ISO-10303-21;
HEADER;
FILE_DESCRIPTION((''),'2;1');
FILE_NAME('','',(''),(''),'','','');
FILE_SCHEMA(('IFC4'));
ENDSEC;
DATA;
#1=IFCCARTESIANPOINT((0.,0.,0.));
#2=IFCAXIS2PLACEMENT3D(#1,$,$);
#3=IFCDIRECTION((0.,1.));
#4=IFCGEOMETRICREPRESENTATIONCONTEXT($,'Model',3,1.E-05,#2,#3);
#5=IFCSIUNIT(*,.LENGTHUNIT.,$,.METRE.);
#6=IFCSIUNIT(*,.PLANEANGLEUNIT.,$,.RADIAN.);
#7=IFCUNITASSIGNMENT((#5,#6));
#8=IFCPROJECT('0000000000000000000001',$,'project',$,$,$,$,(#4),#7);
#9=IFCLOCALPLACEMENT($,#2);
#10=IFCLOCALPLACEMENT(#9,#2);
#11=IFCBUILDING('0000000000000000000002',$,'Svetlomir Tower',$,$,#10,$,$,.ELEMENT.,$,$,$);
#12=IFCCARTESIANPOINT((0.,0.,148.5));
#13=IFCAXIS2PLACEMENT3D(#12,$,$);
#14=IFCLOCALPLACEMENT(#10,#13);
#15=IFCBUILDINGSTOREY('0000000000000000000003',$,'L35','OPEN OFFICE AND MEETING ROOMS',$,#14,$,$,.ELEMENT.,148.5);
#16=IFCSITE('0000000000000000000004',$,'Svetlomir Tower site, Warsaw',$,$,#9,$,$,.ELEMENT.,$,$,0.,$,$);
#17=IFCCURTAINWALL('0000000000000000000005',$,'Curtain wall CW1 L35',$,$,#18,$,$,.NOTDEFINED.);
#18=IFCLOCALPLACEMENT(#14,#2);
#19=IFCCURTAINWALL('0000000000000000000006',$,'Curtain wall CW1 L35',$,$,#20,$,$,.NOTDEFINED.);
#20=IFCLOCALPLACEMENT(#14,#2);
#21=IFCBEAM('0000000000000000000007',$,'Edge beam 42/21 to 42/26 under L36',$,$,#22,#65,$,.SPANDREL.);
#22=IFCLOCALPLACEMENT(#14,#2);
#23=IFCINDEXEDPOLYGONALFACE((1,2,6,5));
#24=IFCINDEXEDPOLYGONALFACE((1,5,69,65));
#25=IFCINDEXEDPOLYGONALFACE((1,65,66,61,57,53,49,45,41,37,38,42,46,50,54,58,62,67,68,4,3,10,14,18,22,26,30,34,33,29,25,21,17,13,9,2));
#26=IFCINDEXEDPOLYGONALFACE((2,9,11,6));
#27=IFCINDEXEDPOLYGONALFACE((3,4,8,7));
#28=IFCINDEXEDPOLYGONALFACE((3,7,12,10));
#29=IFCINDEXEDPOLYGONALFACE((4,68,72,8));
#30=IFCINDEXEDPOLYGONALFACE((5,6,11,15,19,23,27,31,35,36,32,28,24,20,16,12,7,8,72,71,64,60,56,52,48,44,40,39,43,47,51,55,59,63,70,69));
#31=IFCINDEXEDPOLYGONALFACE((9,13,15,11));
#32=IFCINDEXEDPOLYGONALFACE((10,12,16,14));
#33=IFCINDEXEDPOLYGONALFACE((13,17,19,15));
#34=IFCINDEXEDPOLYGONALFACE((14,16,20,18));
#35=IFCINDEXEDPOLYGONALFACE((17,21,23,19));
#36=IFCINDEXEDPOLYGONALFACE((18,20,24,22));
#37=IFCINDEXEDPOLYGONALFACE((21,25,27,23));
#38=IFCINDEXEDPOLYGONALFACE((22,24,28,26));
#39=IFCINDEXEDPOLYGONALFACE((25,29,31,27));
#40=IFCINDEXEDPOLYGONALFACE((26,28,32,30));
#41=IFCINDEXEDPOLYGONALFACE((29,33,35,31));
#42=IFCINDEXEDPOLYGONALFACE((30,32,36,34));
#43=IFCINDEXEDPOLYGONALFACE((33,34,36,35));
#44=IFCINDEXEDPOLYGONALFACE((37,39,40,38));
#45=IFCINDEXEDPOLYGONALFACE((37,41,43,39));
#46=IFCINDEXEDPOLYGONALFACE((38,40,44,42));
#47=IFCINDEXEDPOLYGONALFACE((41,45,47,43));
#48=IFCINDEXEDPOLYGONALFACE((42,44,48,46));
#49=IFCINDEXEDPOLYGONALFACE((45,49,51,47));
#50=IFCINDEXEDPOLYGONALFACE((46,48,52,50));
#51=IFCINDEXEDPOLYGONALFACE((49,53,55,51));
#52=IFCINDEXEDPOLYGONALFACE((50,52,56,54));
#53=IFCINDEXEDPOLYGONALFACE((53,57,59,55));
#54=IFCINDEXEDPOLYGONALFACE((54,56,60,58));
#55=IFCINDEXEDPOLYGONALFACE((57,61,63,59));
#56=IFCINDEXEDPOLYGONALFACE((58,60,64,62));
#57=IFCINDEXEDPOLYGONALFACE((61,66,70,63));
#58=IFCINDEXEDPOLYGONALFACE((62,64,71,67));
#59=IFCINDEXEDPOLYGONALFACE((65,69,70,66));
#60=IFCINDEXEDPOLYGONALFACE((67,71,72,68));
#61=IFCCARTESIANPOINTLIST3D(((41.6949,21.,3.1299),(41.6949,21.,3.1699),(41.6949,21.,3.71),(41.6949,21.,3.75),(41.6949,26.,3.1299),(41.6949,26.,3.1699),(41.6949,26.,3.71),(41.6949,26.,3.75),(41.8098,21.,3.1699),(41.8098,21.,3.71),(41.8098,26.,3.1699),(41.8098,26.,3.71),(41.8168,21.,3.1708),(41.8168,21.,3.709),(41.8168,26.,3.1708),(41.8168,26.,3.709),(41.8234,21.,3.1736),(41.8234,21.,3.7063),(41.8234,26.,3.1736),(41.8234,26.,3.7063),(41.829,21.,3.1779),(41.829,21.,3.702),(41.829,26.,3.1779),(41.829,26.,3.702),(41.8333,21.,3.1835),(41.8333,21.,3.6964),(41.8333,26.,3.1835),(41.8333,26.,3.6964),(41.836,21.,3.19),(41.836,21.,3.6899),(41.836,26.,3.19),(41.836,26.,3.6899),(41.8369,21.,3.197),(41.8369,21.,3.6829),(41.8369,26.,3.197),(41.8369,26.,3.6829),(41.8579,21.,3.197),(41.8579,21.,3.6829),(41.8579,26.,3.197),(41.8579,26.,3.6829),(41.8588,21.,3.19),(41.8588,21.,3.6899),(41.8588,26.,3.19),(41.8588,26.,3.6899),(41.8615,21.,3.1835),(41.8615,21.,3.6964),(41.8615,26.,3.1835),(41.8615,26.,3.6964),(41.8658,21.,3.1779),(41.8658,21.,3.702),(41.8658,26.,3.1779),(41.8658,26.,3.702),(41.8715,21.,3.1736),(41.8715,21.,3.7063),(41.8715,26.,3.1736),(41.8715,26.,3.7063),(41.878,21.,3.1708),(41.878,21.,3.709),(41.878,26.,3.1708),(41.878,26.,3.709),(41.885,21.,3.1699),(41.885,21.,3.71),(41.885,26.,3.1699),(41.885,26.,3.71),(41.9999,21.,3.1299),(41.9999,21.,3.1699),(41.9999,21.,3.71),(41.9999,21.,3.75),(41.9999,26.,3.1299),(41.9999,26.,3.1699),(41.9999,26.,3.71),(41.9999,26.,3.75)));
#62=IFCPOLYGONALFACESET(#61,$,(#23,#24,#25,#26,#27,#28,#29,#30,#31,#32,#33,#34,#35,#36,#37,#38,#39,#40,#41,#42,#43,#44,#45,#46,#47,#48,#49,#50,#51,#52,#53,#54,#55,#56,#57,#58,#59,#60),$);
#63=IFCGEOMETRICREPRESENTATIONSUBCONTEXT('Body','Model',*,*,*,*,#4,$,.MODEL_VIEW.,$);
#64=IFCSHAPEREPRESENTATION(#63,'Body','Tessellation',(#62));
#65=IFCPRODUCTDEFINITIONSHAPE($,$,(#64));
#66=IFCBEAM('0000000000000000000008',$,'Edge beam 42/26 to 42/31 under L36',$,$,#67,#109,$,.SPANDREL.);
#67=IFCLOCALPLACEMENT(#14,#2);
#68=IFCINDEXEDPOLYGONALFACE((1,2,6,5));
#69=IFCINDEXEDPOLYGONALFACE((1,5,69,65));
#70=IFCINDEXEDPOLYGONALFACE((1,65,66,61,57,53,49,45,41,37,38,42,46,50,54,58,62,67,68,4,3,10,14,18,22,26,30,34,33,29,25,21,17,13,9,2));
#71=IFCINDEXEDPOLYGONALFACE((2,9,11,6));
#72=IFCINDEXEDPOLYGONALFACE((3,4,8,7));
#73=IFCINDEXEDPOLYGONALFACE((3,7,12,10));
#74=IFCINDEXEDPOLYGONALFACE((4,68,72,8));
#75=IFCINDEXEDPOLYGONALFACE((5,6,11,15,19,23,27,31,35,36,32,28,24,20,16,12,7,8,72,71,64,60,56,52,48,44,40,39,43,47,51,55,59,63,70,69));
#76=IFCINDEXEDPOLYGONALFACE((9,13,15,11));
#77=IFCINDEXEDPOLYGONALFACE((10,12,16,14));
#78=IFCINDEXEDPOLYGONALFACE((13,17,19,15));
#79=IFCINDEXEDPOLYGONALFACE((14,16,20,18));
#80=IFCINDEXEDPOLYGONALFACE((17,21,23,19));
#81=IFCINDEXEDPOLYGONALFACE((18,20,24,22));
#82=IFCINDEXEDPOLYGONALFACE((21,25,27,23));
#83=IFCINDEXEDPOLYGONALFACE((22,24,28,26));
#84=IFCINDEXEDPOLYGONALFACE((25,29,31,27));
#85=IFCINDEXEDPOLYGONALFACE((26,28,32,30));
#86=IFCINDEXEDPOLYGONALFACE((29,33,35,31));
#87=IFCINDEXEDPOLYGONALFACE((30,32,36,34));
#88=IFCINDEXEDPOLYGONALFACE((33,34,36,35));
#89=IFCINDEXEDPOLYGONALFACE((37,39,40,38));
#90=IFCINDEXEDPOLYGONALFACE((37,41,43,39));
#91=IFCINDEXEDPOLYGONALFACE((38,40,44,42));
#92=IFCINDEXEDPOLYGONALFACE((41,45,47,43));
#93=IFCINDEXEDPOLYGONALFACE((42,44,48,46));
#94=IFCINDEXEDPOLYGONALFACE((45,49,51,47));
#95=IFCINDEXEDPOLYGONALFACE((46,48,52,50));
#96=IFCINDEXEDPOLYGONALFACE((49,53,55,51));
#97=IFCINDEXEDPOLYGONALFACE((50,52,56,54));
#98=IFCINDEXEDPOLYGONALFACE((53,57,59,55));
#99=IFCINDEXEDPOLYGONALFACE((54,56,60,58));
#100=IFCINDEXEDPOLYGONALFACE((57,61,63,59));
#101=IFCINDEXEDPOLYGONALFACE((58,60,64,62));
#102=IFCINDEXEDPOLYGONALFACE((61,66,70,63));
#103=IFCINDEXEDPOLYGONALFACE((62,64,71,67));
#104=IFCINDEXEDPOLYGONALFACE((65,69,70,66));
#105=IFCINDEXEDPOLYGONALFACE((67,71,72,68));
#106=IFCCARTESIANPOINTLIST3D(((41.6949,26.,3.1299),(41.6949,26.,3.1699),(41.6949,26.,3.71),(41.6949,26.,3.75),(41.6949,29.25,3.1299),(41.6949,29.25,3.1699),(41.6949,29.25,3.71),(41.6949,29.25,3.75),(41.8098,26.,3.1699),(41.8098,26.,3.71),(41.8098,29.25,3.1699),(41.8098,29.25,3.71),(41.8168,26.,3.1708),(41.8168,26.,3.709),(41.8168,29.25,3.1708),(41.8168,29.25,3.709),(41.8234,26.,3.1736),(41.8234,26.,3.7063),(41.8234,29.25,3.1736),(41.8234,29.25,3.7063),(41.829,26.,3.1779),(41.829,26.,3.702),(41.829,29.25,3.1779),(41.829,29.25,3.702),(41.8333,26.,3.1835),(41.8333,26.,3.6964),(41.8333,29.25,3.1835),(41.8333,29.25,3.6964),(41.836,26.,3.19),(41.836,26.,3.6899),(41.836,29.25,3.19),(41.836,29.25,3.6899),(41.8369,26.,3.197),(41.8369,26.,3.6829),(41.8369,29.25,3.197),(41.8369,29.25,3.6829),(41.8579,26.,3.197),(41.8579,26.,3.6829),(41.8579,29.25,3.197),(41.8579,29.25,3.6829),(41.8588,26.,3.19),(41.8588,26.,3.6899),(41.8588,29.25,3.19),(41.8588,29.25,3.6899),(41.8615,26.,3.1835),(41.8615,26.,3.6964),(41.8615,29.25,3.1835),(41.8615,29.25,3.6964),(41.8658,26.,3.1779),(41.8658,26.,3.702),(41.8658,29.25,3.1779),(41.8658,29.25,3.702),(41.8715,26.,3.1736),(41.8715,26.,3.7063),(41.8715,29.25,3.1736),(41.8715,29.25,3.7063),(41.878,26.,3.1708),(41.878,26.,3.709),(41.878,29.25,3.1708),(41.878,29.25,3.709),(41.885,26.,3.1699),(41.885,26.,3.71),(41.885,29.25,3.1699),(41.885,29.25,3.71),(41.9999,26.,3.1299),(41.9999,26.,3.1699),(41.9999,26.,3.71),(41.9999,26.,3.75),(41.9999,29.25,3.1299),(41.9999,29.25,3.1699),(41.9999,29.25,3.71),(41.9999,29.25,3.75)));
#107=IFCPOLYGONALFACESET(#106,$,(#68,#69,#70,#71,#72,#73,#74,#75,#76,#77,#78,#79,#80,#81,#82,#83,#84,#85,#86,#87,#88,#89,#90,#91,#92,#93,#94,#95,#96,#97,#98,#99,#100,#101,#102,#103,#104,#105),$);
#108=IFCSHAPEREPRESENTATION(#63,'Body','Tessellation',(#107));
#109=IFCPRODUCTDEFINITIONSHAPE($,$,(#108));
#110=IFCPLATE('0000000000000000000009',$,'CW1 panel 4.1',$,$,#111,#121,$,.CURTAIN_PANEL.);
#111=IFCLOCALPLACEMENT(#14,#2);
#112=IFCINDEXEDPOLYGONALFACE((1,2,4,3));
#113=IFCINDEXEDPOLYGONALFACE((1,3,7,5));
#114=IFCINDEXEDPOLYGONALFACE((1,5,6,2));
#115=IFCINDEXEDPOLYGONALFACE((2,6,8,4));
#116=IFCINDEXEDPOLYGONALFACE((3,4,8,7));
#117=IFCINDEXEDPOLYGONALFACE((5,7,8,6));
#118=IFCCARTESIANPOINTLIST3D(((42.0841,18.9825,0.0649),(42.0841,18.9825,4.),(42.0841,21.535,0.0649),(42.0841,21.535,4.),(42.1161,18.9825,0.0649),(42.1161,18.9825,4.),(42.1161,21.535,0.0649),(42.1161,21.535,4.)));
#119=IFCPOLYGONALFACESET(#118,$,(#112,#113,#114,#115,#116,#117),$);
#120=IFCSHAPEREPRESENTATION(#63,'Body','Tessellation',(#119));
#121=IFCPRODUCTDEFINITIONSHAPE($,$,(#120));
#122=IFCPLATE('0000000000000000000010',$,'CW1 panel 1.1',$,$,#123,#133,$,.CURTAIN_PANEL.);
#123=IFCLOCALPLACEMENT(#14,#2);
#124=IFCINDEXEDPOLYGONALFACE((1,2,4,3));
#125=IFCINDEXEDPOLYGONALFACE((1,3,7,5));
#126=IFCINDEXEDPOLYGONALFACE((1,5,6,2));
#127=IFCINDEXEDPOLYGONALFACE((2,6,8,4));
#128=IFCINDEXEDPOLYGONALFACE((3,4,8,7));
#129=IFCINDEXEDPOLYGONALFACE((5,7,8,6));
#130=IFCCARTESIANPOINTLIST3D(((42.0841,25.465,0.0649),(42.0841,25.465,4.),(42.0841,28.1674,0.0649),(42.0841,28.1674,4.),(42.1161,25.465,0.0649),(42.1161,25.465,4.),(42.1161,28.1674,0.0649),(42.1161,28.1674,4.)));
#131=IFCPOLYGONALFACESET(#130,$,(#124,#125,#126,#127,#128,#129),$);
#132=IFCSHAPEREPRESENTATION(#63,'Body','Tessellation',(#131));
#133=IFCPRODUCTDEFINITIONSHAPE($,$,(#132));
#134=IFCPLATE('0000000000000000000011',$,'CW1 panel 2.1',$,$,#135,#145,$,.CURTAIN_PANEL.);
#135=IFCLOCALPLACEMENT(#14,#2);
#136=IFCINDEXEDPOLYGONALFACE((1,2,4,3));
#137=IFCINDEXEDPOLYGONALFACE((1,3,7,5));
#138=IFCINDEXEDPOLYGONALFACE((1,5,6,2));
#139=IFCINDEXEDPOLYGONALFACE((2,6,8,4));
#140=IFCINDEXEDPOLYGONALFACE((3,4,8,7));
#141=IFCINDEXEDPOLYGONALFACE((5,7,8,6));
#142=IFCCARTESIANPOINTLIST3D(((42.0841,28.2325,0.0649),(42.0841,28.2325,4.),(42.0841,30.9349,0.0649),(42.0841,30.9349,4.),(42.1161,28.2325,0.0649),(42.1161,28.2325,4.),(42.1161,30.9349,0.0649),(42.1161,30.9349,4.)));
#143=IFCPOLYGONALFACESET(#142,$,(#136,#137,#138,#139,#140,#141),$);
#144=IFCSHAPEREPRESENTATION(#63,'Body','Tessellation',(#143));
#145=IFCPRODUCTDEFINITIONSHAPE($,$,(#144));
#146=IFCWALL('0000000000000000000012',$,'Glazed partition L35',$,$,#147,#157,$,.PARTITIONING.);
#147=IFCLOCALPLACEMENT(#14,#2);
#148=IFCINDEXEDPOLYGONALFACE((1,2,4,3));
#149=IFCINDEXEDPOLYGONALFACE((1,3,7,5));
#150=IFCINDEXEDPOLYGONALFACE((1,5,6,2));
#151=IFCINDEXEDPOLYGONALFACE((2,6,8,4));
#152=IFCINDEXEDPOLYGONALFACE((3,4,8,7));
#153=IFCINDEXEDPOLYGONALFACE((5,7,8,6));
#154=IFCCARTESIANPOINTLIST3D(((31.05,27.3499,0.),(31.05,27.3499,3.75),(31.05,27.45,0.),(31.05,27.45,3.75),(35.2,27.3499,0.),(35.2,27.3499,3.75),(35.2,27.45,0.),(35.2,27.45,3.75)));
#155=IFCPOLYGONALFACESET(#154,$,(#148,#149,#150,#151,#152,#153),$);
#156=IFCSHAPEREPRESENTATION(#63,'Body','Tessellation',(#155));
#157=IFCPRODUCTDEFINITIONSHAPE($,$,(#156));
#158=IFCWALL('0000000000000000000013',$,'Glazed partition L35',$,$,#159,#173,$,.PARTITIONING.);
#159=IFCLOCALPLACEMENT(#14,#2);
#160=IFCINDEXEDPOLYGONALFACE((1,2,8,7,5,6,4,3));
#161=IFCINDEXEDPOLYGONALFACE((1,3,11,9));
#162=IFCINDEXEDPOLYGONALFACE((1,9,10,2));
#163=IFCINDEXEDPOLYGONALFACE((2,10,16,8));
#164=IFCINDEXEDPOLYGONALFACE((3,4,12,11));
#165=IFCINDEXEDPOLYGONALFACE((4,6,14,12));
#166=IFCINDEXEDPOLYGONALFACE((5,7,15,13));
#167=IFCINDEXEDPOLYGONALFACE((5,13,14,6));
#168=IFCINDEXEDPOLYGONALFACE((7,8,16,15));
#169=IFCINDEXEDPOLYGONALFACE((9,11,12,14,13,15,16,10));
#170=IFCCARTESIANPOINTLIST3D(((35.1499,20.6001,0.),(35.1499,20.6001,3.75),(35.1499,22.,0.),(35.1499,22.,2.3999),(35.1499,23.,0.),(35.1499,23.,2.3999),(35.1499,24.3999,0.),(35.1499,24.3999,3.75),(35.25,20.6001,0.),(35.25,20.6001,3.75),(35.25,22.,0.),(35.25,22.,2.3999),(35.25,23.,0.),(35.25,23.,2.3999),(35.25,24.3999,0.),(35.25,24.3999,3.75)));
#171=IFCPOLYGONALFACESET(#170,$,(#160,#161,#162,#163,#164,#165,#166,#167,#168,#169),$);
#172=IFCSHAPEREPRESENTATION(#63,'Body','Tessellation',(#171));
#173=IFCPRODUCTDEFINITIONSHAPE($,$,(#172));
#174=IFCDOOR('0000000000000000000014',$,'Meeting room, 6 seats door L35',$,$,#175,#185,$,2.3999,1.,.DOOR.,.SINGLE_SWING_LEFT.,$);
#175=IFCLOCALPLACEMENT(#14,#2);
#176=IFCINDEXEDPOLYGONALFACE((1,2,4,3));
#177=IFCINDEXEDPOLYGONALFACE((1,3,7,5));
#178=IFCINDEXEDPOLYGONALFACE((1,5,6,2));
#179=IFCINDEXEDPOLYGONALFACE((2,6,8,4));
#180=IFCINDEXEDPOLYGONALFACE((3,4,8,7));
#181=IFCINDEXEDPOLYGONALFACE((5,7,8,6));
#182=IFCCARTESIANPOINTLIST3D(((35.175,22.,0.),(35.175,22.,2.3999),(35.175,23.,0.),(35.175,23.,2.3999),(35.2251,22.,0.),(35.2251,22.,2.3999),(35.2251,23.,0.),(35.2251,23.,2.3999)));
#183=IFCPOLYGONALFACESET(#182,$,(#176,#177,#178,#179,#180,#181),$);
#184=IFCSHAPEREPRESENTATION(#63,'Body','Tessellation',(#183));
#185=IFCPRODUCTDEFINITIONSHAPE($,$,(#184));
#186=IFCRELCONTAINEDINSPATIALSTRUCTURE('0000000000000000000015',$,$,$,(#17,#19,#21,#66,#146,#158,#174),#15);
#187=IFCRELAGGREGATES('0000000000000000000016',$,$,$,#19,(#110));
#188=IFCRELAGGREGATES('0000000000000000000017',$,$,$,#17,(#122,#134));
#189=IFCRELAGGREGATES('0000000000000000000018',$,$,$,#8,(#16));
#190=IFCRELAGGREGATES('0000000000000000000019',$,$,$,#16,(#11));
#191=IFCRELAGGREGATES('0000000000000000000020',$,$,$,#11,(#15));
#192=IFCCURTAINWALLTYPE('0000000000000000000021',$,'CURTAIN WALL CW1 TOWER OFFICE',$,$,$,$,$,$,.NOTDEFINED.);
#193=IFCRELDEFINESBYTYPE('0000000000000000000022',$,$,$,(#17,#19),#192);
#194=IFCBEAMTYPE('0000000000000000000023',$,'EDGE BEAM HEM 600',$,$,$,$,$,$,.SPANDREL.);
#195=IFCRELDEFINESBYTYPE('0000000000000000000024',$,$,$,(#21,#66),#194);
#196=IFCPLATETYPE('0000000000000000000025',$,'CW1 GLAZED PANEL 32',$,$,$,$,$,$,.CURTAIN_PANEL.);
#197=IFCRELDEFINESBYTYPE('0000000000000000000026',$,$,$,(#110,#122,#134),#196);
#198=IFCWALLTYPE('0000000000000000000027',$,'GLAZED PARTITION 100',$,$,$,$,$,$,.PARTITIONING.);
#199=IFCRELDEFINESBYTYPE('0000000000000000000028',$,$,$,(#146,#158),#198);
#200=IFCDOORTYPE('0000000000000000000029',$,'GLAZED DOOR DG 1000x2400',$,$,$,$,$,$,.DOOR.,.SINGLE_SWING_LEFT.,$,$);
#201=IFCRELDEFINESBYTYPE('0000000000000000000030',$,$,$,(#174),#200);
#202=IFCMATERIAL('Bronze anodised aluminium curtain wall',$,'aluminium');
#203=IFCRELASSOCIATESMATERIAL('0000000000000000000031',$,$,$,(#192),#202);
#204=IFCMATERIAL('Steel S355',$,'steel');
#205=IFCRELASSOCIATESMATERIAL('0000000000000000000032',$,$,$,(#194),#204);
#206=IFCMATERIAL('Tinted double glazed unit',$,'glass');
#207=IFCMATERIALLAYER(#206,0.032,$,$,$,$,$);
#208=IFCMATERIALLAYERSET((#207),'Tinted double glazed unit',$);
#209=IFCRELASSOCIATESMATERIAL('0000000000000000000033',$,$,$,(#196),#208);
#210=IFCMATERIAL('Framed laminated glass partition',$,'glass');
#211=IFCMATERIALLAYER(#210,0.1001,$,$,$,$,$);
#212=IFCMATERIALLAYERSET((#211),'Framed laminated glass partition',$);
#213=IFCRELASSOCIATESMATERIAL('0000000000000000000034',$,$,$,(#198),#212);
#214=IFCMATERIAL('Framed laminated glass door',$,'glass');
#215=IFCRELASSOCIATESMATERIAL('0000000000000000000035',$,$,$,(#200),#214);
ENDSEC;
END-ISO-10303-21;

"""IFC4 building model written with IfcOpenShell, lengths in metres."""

from ifc_helpers import new_model, si_unit, direction, frame, frame_2d, origin, origin_2d, place, context, subcontext, project, spatial, rectangle, i_section, extrude, material, layer, layer_set, material_profile, profile_set, type_object, element, fill, aggregate, save


model = new_model("IFC4")

# Units and contexts
model_context = context("Model", 3, precision=1e-05, world=origin(), true_north=direction((0.0, 1.0)))
body_context = subcontext(model_context, "Body", "Model", "MODEL_VIEW")
ifc_project = project(units=[si_unit("LENGTHUNIT", "METRE"), si_unit("PLANEANGLEUNIT", "RADIAN")], contexts=[model_context])

# Site, building, storey
site_placement = place(None, origin())
site = spatial("IfcSite", under=ifc_project, at=site_placement, Name="Svetlomir Tower site, Warsaw", CompositionType="ELEMENT", RefElevation=0.0)
building_placement = place(site_placement, origin())
building = spatial("IfcBuilding", under=site, at=building_placement, Name="Svetlomir Tower", CompositionType="ELEMENT")
storey_placement = place(building_placement, frame((0.0, 0.0, 148.5)))
storey = spatial("IfcBuildingStorey", under=building, at=storey_placement, Name="L35", Description="OPEN OFFICE AND MEETING ROOMS", CompositionType="ELEMENT", Elevation=148.5)

# Curtain walls
ifc_material_1 = material(Name="Bronze anodised aluminium curtain wall", Category="aluminium")
curtain_wall_type = type_object("IfcCurtainWallType", Name="CURTAIN WALL CW1 TOWER OFFICE", PredefinedType="NOTDEFINED", material=ifc_material_1)
curtain_wall_1_placement = place(storey_placement, origin())
curtain_wall_1 = element("IfcCurtainWall", 1, at=curtain_wall_1_placement, inside=storey, type_object=curtain_wall_type, Name="Curtain wall CW1 L35", PredefinedType="NOTDEFINED")
curtain_wall_2_placement = place(storey_placement, origin())
curtain_wall_2 = element("IfcCurtainWall", 2, at=curtain_wall_2_placement, inside=storey, type_object=curtain_wall_type, Name="Curtain wall CW1 L35", PredefinedType="NOTDEFINED")

# Beams
ifc_material_2 = material(Name="Steel S355", Category="steel")
ifc_material_profile_1 = material_profile(ifc_material_2, i_section(OverallWidth=0.3049, OverallDepth=0.6201, WebThickness=0.021, FlangeThickness=0.04, FilletRadius=0.0271, at=origin_2d()), Name="HEM 600")
ifc_profile_set_1 = profile_set([ifc_material_profile_1], Name="Steel S355")
beam_type_1 = type_object("IfcBeamType", Name="EDGE BEAM HEM 600", PredefinedType="SPANDREL", material=ifc_profile_set_1)
beam_1_placement = place(storey_placement, frame((41.8474, 21.0, 3.4399), z_axis=(0.0, 1.0, 0.0), x_axis=(-1.0, 0.0, 0.0)))
element("IfcBeam", 3, at=beam_1_placement, inside=storey, type_object=beam_type_1, Name="Edge beam 42/21 to 42/26 under L36", PredefinedType="SPANDREL", context=body_context, shape_type="SweptSolid", body=[
    extrude(i_section(OverallWidth=0.3049, OverallDepth=0.6201, WebThickness=0.021, FlangeThickness=0.04, FilletRadius=0.0271, at=origin_2d()), origin(), (0.0, 0.0, 1.0), 5.0),
])
beam_2_placement = place(storey_placement, frame((41.8474, 26.0, 3.4399), z_axis=(0.0, 1.0, 0.0), x_axis=(-1.0, 0.0, 0.0)))
element("IfcBeam", 4, at=beam_2_placement, inside=storey, type_object=beam_type_1, Name="Edge beam 42/26 to 42/31 under L36", PredefinedType="SPANDREL", context=body_context, shape_type="SweptSolid", body=[
    extrude(i_section(OverallWidth=0.3049, OverallDepth=0.6201, WebThickness=0.021, FlangeThickness=0.04, FilletRadius=0.0271, at=origin_2d()), origin(), (0.0, 0.0, 1.0), 3.25),
])

# Plates
ifc_material_3 = material(Name="Tinted double glazed unit", Category="glass")
ifc_layer_1 = layer(ifc_material_3, 0.032)
ifc_layer_set_1 = layer_set([ifc_layer_1], Name="Tinted double glazed unit")
plate_type = type_object("IfcPlateType", Name="CW1 GLAZED PANEL 32", PredefinedType="CURTAIN_PANEL", material=ifc_layer_set_1)
plate_1_placement = place(storey_placement, frame((42.1001, 20.2588, 0.0649), z_axis=(0.0, 0.0, 1.0), x_axis=(0.0, 1.0, 0.0)))
plate_1 = element("IfcPlate", 5, at=plate_1_placement, type_object=plate_type, Name="CW1 panel 4.1", PredefinedType="CURTAIN_PANEL", context=body_context, shape_type="SweptSolid", body=[
    extrude(rectangle(XDim=2.5525, YDim=0.032, at=origin_2d()), origin(), (0.0, 0.0, 1.0), 3.9351),
])
aggregate(curtain_wall_2, [plate_1])
plate_2_placement = place(storey_placement, frame((42.1001, 26.8162, 0.0649), z_axis=(0.0, 0.0, 1.0), x_axis=(0.0, 1.0, 0.0)))
plate_2 = element("IfcPlate", 6, at=plate_2_placement, type_object=plate_type, Name="CW1 panel 1.1", PredefinedType="CURTAIN_PANEL", context=body_context, shape_type="SweptSolid", body=[
    extrude(rectangle(XDim=2.7024, YDim=0.032, at=origin_2d()), origin(), (0.0, 0.0, 1.0), 3.9351),
])
plate_3_placement = place(storey_placement, frame((42.1001, 29.5837, 0.0649), z_axis=(0.0, 0.0, 1.0), x_axis=(0.0, 1.0, 0.0)))
plate_3 = element("IfcPlate", 7, at=plate_3_placement, type_object=plate_type, Name="CW1 panel 2.1", PredefinedType="CURTAIN_PANEL", context=body_context, shape_type="SweptSolid", body=[
    extrude(rectangle(XDim=2.7024, YDim=0.032, at=origin_2d()), origin(), (0.0, 0.0, 1.0), 3.9351),
])
aggregate(curtain_wall_1, [plate_2, plate_3])

# Wall
ifc_material_4 = material(Name="Framed laminated glass partition", Category="glass")
ifc_layer_2 = layer(ifc_material_4, 0.1001)
ifc_layer_set_2 = layer_set([ifc_layer_2], Name="Framed laminated glass partition")
wall_type_1 = type_object("IfcWallType", Name="GLAZED PARTITION 100", PredefinedType="PARTITIONING", material=ifc_layer_set_2)
wall_1_placement = place(storey_placement, frame((31.05, 27.3999, 0.0), z_axis=(0.0, 0.0, 1.0), x_axis=(1.0, 0.0, 0.0)))
element("IfcWall", 8, at=wall_1_placement, inside=storey, type_object=wall_type_1, Name="Glazed partition L35", PredefinedType="PARTITIONING", context=body_context, shape_type="SweptSolid", body=[
    extrude(rectangle(XDim=4.1499, YDim=0.1001, at=frame_2d((2.075, 0.0))), origin(), (0.0, 0.0, 1.0), 3.75),
])

# Wall, opening, door
wall_2_placement = place(storey_placement, frame((35.2, 20.6001, 0.0), z_axis=(0.0, 0.0, 1.0), x_axis=(0.0, 1.0, 0.0)))
wall_2 = element("IfcWall", 9, at=wall_2_placement, inside=storey, type_object=wall_type_1, Name="Glazed partition L35", PredefinedType="PARTITIONING", context=body_context, shape_type="SweptSolid", body=[
    extrude(rectangle(XDim=3.7998, YDim=0.1001, at=frame_2d((1.8999, 0.0))), origin(), (0.0, 0.0, 1.0), 3.75),
])
opening_1_placement = place(wall_2_placement, frame((1.3999, 0.0, 0.0)))
opening_1 = element("IfcOpeningElement", 10, at=opening_1_placement, cuts=wall_2, PredefinedType="OPENING", context=body_context, shape_type="SweptSolid", body=[
    extrude(rectangle(XDim=1.0, YDim=2.3999, at=frame_2d((0.5, 1.2))), frame((0.0, 0.0601, 0.0), z_axis=(0.0, -1.0, 0.0), x_axis=(1.0, 0.0, 0.0)), (0.0, 0.0, 1.0), 0.1201),
])
ifc_material_5 = material(Name="Framed laminated glass door", Category="glass")
door_type_1 = type_object("IfcDoorType", Name="GLAZED DOOR DG 1000x2400", OperationType="SINGLE_SWING_LEFT", PredefinedType="DOOR", material=ifc_material_5)
door_1_placement = place(opening_1_placement, origin())
door_1 = element("IfcDoor", 11, at=door_1_placement, inside=storey, type_object=door_type_1, Name="Meeting room, 6 seats door L35", OperationType="SINGLE_SWING_LEFT", OverallHeight=2.3999, OverallWidth=1.0, PredefinedType="DOOR", context=body_context, shape_type="SweptSolid", body=[
    extrude(rectangle(XDim=1.0, YDim=2.3999, at=frame_2d((0.5, 1.2))), frame((0.0, 0.0249, 0.0), z_axis=(0.0, -1.0, 0.0), x_axis=(1.0, 0.0, 0.0)), (0.0, 0.0, 1.0), 0.05),
])
fill(opening_1, door_1)

save(model, "model.ifc")
